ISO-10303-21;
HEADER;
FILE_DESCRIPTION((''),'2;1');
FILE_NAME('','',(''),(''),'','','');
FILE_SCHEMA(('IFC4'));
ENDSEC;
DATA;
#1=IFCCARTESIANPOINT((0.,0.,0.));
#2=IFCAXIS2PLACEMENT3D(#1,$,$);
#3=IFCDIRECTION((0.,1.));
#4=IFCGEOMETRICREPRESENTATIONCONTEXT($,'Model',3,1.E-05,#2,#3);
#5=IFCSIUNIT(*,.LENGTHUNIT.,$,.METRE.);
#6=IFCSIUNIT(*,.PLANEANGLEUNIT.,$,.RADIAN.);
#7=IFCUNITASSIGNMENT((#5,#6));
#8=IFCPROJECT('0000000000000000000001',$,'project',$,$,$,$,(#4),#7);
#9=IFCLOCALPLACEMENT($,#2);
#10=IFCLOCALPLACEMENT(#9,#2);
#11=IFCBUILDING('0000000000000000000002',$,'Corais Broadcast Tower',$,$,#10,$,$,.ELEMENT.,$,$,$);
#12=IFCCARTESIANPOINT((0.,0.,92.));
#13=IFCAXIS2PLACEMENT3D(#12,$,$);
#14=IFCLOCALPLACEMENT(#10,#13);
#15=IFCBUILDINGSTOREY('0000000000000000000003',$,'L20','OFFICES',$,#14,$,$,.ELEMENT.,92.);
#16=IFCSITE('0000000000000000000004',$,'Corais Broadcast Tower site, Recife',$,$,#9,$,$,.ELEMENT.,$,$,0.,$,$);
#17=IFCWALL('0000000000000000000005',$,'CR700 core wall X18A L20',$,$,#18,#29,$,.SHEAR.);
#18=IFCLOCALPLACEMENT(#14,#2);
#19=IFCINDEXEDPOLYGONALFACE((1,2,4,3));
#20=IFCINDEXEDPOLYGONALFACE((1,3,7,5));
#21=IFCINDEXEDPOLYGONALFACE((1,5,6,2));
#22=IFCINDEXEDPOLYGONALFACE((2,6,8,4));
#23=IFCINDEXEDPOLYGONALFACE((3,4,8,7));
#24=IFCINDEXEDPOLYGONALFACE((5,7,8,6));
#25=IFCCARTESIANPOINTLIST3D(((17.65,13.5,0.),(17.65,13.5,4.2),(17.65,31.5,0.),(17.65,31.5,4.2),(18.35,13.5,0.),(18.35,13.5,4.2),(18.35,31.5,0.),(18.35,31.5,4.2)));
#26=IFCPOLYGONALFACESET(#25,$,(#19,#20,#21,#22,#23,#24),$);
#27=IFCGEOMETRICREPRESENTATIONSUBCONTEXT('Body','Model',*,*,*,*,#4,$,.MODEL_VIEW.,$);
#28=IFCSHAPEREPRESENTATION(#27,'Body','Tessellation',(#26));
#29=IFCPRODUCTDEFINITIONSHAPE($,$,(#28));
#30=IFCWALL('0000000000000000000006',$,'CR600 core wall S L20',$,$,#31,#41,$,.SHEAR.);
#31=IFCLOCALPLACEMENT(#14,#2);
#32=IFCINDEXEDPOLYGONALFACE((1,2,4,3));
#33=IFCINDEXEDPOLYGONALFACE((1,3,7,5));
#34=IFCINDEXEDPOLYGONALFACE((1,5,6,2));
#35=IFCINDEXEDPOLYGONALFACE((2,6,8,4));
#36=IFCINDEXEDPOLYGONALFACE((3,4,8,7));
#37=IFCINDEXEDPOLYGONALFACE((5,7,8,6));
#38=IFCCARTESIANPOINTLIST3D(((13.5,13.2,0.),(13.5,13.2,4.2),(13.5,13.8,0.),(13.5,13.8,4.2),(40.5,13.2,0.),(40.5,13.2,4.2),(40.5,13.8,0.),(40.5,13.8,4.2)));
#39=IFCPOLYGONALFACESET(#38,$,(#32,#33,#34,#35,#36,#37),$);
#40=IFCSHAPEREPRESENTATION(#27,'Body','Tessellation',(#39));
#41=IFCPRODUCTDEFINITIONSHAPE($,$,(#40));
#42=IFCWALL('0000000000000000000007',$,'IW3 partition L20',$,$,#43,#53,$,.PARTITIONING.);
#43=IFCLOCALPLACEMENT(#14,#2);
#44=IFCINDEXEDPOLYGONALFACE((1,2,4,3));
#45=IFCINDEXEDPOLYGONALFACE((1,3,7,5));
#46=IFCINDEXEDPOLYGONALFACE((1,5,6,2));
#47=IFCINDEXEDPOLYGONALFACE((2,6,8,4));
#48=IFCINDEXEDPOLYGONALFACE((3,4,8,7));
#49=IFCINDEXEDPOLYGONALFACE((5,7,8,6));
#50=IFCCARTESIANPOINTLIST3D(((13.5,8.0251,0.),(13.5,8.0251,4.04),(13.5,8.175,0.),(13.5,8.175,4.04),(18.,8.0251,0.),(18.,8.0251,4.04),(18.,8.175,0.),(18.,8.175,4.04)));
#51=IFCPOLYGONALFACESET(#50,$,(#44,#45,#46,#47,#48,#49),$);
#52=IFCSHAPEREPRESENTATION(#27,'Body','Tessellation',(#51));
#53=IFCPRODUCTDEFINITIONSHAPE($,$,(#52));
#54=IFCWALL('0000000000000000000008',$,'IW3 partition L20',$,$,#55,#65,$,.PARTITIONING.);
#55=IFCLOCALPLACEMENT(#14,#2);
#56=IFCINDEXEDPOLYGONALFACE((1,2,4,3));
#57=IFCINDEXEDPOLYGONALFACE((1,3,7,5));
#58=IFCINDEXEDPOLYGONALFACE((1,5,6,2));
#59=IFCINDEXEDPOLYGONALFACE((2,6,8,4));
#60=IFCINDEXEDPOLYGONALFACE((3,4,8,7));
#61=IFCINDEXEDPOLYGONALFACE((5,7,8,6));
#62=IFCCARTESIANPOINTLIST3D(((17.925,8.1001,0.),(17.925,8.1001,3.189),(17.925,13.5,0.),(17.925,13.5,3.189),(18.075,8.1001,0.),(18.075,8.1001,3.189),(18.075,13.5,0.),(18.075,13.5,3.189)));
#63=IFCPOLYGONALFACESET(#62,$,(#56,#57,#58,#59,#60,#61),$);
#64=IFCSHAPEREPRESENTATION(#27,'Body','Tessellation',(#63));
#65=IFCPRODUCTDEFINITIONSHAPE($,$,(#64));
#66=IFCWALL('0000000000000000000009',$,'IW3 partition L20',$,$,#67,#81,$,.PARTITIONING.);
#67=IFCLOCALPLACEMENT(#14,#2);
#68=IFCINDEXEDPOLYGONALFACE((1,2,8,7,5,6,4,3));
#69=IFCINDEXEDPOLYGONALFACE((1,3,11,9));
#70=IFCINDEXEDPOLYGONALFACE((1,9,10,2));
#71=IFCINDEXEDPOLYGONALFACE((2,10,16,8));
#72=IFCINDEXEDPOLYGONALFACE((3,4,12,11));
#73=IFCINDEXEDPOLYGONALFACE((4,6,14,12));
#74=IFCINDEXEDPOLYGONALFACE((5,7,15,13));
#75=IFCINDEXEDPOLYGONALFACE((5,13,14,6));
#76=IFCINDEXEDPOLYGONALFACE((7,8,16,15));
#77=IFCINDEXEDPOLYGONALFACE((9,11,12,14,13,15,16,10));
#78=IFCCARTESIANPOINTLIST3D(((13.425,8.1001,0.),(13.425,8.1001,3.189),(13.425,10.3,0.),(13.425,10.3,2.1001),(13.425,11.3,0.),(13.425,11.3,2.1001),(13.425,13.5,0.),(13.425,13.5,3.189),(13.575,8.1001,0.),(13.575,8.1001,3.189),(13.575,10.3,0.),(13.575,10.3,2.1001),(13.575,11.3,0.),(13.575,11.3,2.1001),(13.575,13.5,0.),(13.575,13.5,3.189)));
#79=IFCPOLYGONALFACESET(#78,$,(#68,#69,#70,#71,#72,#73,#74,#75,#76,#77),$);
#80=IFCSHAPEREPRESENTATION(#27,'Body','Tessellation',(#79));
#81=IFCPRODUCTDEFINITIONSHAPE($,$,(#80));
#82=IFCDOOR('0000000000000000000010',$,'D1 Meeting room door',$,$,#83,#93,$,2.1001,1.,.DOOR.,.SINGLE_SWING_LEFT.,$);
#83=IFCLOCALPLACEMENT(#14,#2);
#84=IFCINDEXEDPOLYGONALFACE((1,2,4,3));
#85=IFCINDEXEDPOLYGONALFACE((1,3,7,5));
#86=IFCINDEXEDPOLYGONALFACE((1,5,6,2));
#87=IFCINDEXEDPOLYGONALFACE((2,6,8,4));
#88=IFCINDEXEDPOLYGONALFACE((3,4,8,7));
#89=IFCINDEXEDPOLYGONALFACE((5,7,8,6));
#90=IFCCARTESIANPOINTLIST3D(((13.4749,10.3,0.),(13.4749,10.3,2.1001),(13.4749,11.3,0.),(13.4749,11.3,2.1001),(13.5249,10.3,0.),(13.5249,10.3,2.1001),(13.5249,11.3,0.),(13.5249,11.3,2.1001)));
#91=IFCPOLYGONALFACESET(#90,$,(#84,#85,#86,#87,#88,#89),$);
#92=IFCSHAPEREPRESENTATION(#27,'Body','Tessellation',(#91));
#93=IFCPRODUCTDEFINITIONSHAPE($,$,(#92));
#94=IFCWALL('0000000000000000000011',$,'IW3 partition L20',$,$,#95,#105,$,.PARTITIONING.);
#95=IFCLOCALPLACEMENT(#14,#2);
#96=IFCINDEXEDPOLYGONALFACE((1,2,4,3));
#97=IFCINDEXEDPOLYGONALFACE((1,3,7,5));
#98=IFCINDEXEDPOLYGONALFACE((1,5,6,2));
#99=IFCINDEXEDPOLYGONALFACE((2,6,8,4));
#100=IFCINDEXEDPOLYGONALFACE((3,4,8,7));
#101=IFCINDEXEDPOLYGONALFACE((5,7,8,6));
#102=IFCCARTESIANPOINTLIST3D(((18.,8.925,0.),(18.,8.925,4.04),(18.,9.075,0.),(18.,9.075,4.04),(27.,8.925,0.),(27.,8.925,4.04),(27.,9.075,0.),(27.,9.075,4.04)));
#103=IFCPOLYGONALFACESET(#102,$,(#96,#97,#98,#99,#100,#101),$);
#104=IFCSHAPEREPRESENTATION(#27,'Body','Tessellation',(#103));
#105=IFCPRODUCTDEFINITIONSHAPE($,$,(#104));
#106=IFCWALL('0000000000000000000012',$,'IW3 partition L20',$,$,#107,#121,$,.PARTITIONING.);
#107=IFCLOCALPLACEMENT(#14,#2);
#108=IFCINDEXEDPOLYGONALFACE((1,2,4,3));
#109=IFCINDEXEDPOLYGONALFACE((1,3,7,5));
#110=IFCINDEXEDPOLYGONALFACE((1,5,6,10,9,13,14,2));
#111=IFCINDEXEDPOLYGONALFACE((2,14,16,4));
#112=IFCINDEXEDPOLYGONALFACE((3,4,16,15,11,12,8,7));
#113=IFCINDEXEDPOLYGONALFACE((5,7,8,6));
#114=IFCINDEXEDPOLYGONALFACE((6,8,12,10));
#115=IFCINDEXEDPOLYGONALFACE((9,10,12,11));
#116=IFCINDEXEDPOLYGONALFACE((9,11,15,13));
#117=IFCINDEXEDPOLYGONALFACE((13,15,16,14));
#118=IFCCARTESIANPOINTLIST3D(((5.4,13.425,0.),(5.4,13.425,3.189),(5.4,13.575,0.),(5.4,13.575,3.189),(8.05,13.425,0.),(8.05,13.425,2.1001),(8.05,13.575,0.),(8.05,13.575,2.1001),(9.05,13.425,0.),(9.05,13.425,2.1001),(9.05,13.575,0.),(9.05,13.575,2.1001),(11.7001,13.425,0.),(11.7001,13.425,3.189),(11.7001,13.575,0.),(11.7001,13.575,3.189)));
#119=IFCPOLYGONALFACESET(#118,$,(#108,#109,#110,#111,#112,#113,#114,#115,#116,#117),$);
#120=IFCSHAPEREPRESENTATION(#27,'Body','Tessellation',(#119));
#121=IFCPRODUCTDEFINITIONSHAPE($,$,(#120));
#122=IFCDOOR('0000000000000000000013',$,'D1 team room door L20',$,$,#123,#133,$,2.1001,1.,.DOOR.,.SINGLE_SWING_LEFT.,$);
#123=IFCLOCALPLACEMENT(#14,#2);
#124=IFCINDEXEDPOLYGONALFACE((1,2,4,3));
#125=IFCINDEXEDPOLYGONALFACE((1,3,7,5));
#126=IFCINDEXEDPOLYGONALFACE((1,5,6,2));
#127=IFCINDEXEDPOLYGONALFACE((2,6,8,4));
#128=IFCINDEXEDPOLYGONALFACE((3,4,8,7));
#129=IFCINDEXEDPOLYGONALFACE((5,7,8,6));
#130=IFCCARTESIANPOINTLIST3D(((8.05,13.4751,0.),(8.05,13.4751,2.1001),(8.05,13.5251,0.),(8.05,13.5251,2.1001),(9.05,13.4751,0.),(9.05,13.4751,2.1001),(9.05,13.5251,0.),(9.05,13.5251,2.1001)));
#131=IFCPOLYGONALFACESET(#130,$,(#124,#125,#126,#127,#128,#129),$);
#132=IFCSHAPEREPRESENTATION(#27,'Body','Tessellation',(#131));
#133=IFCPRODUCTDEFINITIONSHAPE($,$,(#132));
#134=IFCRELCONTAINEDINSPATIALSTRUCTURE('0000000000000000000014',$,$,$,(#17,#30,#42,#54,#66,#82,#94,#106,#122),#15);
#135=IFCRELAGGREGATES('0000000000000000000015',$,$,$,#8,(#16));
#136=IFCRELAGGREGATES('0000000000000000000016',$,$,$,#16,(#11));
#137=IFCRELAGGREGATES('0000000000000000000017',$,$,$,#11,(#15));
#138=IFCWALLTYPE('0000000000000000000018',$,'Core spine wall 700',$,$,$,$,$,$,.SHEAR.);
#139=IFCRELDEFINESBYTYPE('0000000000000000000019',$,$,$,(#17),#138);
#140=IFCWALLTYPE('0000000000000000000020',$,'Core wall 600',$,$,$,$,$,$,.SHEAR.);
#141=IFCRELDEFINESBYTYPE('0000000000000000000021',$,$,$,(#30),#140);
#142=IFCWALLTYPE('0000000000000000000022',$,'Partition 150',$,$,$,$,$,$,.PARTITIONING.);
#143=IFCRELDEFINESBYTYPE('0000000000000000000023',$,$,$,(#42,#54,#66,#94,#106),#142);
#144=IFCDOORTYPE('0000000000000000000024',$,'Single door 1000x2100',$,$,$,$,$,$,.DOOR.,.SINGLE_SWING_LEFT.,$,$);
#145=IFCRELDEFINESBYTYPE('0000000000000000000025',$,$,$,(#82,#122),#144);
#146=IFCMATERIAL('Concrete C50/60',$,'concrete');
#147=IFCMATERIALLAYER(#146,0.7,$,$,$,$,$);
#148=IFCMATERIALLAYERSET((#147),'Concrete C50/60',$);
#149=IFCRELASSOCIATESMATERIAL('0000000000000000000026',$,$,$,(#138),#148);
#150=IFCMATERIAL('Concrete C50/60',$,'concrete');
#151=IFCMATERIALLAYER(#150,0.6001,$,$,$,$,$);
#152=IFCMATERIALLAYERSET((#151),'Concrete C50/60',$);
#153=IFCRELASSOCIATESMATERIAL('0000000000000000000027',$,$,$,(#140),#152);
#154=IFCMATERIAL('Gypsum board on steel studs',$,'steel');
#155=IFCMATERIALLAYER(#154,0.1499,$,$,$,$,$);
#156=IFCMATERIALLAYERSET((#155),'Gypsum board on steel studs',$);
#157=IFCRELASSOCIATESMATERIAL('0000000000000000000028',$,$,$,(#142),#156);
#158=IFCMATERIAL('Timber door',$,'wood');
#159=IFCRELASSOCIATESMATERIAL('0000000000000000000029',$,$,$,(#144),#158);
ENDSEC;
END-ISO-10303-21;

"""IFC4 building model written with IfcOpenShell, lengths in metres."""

from ifc_helpers import new_model, si_unit, direction, frame, frame_2d, origin, place, context, subcontext, project, spatial, rectangle, extrude, material, layer, layer_set, type_object, element, fill, save


model = new_model("IFC4")

# Units and contexts
model_context = context("Model", 3, precision=1e-05, world=origin(), true_north=direction((0.0, 1.0)))
body_context = subcontext(model_context, "Body", "Model", "MODEL_VIEW")
ifc_project = project(units=[si_unit("LENGTHUNIT", "METRE"), si_unit("PLANEANGLEUNIT", "RADIAN")], contexts=[model_context])

# Site, building, storey
site_placement = place(None, origin())
site = spatial("IfcSite", under=ifc_project, at=site_placement, Name="Corais Broadcast Tower site, Recife", CompositionType="ELEMENT", RefElevation=0.0)
building_placement = place(site_placement, origin())
building = spatial("IfcBuilding", under=site, at=building_placement, Name="Corais Broadcast Tower", CompositionType="ELEMENT")
storey_placement = place(building_placement, frame((0.0, 0.0, 92.0)))
storey = spatial("IfcBuildingStorey", under=building, at=storey_placement, Name="L20", Description="OFFICES", CompositionType="ELEMENT", Elevation=92.0)

# Walls
ifc_material_1 = material(Name="Concrete C50/60", Category="concrete")
ifc_layer_1 = layer(ifc_material_1, 0.7)
ifc_layer_set_1 = layer_set([ifc_layer_1], Name="Concrete C50/60")
wall_type_1 = type_object("IfcWallType", Name="Core spine wall 700", PredefinedType="SHEAR", material=ifc_layer_set_1)
wall_1_placement = place(storey_placement, frame((18.0, 13.5, 0.0), z_axis=(0.0, 0.0, 1.0), x_axis=(0.0, 1.0, 0.0)))
element("IfcWall", 1, at=wall_1_placement, inside=storey, type_object=wall_type_1, Name="CR700 core wall X18A L20", PredefinedType="SHEAR", context=body_context, shape_type="SweptSolid", body=[
    extrude(rectangle(XDim=18.0, YDim=0.7, at=frame_2d((9.0, 0.0))), origin(), (0.0, 0.0, 1.0), 4.2),
])
ifc_material_2 = material(Name="Concrete C50/60", Category="concrete")
ifc_layer_2 = layer(ifc_material_2, 0.6001)
ifc_layer_set_2 = layer_set([ifc_layer_2], Name="Concrete C50/60")
wall_type_2 = type_object("IfcWallType", Name="Core wall 600", PredefinedType="SHEAR", material=ifc_layer_set_2)
wall_2_placement = place(storey_placement, frame((13.5, 13.5, 0.0), z_axis=(0.0, 0.0, 1.0), x_axis=(1.0, 0.0, 0.0)))
element("IfcWall", 2, at=wall_2_placement, inside=storey, type_object=wall_type_2, Name="CR600 core wall S L20", PredefinedType="SHEAR", context=body_context, shape_type="SweptSolid", body=[
    extrude(rectangle(XDim=27.0, YDim=0.6001, at=frame_2d((13.5, 0.0))), origin(), (0.0, 0.0, 1.0), 4.2),
])
ifc_material_3 = material(Name="Gypsum board on steel studs", Category="steel")
ifc_layer_3 = layer(ifc_material_3, 0.1499)
ifc_layer_set_3 = layer_set([ifc_layer_3], Name="Gypsum board on steel studs")
wall_type_3 = type_object("IfcWallType", Name="Partition 150", PredefinedType="PARTITIONING", material=ifc_layer_set_3)
wall_3_placement = place(storey_placement, frame((13.5, 8.1001, 0.0), z_axis=(0.0, 0.0, 1.0), x_axis=(1.0, 0.0, 0.0)))
element("IfcWall", 3, at=wall_3_placement, inside=storey, type_object=wall_type_3, Name="IW3 partition L20", PredefinedType="PARTITIONING", context=body_context, shape_type="SweptSolid", body=[
    extrude(rectangle(XDim=4.5, YDim=0.1499, at=frame_2d((2.25, 0.0))), origin(), (0.0, 0.0, 1.0), 4.04),
])
wall_4_placement = place(storey_placement, frame((18.0, 8.1001, 0.0), z_axis=(0.0, 0.0, 1.0), x_axis=(0.0, 1.0, 0.0)))
element("IfcWall", 4, at=wall_4_placement, inside=storey, type_object=wall_type_3, Name="IW3 partition L20", PredefinedType="PARTITIONING", context=body_context, shape_type="SweptSolid", body=[
    extrude(rectangle(XDim=5.3999, YDim=0.1499, at=frame_2d((2.7, 0.0))), origin(), (0.0, 0.0, 1.0), 3.189),
])

# Wall, opening, door
wall_5_placement = place(storey_placement, frame((13.5, 13.5, 0.0), z_axis=(0.0, 0.0, 1.0), x_axis=(0.0, -1.0, 0.0)))
wall_5 = element("IfcWall", 5, at=wall_5_placement, inside=storey, type_object=wall_type_3, Name="IW3 partition L20", PredefinedType="PARTITIONING", context=body_context, shape_type="SweptSolid", body=[
    extrude(rectangle(XDim=5.3999, YDim=0.1499, at=frame_2d((2.7, 0.0))), origin(), (0.0, 0.0, 1.0), 3.189),
])
opening_1_placement = place(wall_5_placement, frame((2.2, 0.0, 0.0)))
opening_1 = element("IfcOpeningElement", 6, at=opening_1_placement, cuts=wall_5, PredefinedType="OPENING", context=body_context, shape_type="SweptSolid", body=[
    extrude(rectangle(XDim=1.0, YDim=2.1001, at=frame_2d((0.5, 1.05))), frame((0.0, 0.085, 0.0), z_axis=(0.0, -1.0, 0.0), x_axis=(1.0, 0.0, 0.0)), (0.0, 0.0, 1.0), 0.1699),
])
ifc_material_4 = material(Name="Timber door", Category="wood")
door_type = type_object("IfcDoorType", Name="Single door 1000x2100", OperationType="SINGLE_SWING_LEFT", PredefinedType="DOOR", material=ifc_material_4)
door_1_placement = place(opening_1_placement, origin())
door_1 = element("IfcDoor", 7, at=door_1_placement, inside=storey, type_object=door_type, Name="D1 Meeting room door", OperationType="SINGLE_SWING_LEFT", OverallHeight=2.1001, OverallWidth=1.0, PredefinedType="DOOR", context=body_context, shape_type="SweptSolid", body=[
    extrude(rectangle(XDim=1.0, YDim=2.1001, at=frame_2d((0.5, 1.05))), frame((0.0, 0.0249, 0.0), z_axis=(0.0, -1.0, 0.0), x_axis=(1.0, 0.0, 0.0)), (0.0, 0.0, 1.0), 0.05),
])
fill(opening_1, door_1)

# Wall
wall_6_placement = place(storey_placement, frame((18.0, 9.0, 0.0), z_axis=(0.0, 0.0, 1.0), x_axis=(1.0, 0.0, 0.0)))
element("IfcWall", 8, at=wall_6_placement, inside=storey, type_object=wall_type_3, Name="IW3 partition L20", PredefinedType="PARTITIONING", context=body_context, shape_type="SweptSolid", body=[
    extrude(rectangle(XDim=9.0, YDim=0.1499, at=frame_2d((4.5, 0.0))), origin(), (0.0, 0.0, 1.0), 4.04),
])

# Wall, opening, door
wall_7_placement = place(storey_placement, frame((11.7, 13.5, 0.0), z_axis=(0.0, 0.0, 1.0), x_axis=(-1.0, 0.0, 0.0)))
wall_7 = element("IfcWall", 9, at=wall_7_placement, inside=storey, type_object=wall_type_3, Name="IW3 partition L20", PredefinedType="PARTITIONING", context=body_context, shape_type="SweptSolid", body=[
    extrude(rectangle(XDim=6.3, YDim=0.1499, at=frame_2d((3.1499, 0.0))), origin(), (0.0, 0.0, 1.0), 3.189),
])
opening_2_placement = place(wall_7_placement, frame((2.6499, 0.0, 0.0)))
opening_2 = element("IfcOpeningElement", 10, at=opening_2_placement, cuts=wall_7, PredefinedType="OPENING", context=body_context, shape_type="SweptSolid", body=[
    extrude(rectangle(XDim=1.0, YDim=2.1001, at=frame_2d((0.5, 1.05))), frame((0.0, 0.085, 0.0), z_axis=(0.0, -1.0, 0.0), x_axis=(1.0, 0.0, 0.0)), (0.0, 0.0, 1.0), 0.1699),
])
door_2_placement = place(opening_2_placement, origin())
door_2 = element("IfcDoor", 11, at=door_2_placement, inside=storey, type_object=door_type, Name="D1 team room door L20", OperationType="SINGLE_SWING_LEFT", OverallHeight=2.1001, OverallWidth=1.0, PredefinedType="DOOR", context=body_context, shape_type="SweptSolid", body=[
    extrude(rectangle(XDim=1.0, YDim=2.1001, at=frame_2d((0.5, 1.05))), frame((0.0, 0.0249, 0.0), z_axis=(0.0, -1.0, 0.0), x_axis=(1.0, 0.0, 0.0)), (0.0, 0.0, 1.0), 0.05),
])
fill(opening_2, door_2)

save(model, "model.ifc")
